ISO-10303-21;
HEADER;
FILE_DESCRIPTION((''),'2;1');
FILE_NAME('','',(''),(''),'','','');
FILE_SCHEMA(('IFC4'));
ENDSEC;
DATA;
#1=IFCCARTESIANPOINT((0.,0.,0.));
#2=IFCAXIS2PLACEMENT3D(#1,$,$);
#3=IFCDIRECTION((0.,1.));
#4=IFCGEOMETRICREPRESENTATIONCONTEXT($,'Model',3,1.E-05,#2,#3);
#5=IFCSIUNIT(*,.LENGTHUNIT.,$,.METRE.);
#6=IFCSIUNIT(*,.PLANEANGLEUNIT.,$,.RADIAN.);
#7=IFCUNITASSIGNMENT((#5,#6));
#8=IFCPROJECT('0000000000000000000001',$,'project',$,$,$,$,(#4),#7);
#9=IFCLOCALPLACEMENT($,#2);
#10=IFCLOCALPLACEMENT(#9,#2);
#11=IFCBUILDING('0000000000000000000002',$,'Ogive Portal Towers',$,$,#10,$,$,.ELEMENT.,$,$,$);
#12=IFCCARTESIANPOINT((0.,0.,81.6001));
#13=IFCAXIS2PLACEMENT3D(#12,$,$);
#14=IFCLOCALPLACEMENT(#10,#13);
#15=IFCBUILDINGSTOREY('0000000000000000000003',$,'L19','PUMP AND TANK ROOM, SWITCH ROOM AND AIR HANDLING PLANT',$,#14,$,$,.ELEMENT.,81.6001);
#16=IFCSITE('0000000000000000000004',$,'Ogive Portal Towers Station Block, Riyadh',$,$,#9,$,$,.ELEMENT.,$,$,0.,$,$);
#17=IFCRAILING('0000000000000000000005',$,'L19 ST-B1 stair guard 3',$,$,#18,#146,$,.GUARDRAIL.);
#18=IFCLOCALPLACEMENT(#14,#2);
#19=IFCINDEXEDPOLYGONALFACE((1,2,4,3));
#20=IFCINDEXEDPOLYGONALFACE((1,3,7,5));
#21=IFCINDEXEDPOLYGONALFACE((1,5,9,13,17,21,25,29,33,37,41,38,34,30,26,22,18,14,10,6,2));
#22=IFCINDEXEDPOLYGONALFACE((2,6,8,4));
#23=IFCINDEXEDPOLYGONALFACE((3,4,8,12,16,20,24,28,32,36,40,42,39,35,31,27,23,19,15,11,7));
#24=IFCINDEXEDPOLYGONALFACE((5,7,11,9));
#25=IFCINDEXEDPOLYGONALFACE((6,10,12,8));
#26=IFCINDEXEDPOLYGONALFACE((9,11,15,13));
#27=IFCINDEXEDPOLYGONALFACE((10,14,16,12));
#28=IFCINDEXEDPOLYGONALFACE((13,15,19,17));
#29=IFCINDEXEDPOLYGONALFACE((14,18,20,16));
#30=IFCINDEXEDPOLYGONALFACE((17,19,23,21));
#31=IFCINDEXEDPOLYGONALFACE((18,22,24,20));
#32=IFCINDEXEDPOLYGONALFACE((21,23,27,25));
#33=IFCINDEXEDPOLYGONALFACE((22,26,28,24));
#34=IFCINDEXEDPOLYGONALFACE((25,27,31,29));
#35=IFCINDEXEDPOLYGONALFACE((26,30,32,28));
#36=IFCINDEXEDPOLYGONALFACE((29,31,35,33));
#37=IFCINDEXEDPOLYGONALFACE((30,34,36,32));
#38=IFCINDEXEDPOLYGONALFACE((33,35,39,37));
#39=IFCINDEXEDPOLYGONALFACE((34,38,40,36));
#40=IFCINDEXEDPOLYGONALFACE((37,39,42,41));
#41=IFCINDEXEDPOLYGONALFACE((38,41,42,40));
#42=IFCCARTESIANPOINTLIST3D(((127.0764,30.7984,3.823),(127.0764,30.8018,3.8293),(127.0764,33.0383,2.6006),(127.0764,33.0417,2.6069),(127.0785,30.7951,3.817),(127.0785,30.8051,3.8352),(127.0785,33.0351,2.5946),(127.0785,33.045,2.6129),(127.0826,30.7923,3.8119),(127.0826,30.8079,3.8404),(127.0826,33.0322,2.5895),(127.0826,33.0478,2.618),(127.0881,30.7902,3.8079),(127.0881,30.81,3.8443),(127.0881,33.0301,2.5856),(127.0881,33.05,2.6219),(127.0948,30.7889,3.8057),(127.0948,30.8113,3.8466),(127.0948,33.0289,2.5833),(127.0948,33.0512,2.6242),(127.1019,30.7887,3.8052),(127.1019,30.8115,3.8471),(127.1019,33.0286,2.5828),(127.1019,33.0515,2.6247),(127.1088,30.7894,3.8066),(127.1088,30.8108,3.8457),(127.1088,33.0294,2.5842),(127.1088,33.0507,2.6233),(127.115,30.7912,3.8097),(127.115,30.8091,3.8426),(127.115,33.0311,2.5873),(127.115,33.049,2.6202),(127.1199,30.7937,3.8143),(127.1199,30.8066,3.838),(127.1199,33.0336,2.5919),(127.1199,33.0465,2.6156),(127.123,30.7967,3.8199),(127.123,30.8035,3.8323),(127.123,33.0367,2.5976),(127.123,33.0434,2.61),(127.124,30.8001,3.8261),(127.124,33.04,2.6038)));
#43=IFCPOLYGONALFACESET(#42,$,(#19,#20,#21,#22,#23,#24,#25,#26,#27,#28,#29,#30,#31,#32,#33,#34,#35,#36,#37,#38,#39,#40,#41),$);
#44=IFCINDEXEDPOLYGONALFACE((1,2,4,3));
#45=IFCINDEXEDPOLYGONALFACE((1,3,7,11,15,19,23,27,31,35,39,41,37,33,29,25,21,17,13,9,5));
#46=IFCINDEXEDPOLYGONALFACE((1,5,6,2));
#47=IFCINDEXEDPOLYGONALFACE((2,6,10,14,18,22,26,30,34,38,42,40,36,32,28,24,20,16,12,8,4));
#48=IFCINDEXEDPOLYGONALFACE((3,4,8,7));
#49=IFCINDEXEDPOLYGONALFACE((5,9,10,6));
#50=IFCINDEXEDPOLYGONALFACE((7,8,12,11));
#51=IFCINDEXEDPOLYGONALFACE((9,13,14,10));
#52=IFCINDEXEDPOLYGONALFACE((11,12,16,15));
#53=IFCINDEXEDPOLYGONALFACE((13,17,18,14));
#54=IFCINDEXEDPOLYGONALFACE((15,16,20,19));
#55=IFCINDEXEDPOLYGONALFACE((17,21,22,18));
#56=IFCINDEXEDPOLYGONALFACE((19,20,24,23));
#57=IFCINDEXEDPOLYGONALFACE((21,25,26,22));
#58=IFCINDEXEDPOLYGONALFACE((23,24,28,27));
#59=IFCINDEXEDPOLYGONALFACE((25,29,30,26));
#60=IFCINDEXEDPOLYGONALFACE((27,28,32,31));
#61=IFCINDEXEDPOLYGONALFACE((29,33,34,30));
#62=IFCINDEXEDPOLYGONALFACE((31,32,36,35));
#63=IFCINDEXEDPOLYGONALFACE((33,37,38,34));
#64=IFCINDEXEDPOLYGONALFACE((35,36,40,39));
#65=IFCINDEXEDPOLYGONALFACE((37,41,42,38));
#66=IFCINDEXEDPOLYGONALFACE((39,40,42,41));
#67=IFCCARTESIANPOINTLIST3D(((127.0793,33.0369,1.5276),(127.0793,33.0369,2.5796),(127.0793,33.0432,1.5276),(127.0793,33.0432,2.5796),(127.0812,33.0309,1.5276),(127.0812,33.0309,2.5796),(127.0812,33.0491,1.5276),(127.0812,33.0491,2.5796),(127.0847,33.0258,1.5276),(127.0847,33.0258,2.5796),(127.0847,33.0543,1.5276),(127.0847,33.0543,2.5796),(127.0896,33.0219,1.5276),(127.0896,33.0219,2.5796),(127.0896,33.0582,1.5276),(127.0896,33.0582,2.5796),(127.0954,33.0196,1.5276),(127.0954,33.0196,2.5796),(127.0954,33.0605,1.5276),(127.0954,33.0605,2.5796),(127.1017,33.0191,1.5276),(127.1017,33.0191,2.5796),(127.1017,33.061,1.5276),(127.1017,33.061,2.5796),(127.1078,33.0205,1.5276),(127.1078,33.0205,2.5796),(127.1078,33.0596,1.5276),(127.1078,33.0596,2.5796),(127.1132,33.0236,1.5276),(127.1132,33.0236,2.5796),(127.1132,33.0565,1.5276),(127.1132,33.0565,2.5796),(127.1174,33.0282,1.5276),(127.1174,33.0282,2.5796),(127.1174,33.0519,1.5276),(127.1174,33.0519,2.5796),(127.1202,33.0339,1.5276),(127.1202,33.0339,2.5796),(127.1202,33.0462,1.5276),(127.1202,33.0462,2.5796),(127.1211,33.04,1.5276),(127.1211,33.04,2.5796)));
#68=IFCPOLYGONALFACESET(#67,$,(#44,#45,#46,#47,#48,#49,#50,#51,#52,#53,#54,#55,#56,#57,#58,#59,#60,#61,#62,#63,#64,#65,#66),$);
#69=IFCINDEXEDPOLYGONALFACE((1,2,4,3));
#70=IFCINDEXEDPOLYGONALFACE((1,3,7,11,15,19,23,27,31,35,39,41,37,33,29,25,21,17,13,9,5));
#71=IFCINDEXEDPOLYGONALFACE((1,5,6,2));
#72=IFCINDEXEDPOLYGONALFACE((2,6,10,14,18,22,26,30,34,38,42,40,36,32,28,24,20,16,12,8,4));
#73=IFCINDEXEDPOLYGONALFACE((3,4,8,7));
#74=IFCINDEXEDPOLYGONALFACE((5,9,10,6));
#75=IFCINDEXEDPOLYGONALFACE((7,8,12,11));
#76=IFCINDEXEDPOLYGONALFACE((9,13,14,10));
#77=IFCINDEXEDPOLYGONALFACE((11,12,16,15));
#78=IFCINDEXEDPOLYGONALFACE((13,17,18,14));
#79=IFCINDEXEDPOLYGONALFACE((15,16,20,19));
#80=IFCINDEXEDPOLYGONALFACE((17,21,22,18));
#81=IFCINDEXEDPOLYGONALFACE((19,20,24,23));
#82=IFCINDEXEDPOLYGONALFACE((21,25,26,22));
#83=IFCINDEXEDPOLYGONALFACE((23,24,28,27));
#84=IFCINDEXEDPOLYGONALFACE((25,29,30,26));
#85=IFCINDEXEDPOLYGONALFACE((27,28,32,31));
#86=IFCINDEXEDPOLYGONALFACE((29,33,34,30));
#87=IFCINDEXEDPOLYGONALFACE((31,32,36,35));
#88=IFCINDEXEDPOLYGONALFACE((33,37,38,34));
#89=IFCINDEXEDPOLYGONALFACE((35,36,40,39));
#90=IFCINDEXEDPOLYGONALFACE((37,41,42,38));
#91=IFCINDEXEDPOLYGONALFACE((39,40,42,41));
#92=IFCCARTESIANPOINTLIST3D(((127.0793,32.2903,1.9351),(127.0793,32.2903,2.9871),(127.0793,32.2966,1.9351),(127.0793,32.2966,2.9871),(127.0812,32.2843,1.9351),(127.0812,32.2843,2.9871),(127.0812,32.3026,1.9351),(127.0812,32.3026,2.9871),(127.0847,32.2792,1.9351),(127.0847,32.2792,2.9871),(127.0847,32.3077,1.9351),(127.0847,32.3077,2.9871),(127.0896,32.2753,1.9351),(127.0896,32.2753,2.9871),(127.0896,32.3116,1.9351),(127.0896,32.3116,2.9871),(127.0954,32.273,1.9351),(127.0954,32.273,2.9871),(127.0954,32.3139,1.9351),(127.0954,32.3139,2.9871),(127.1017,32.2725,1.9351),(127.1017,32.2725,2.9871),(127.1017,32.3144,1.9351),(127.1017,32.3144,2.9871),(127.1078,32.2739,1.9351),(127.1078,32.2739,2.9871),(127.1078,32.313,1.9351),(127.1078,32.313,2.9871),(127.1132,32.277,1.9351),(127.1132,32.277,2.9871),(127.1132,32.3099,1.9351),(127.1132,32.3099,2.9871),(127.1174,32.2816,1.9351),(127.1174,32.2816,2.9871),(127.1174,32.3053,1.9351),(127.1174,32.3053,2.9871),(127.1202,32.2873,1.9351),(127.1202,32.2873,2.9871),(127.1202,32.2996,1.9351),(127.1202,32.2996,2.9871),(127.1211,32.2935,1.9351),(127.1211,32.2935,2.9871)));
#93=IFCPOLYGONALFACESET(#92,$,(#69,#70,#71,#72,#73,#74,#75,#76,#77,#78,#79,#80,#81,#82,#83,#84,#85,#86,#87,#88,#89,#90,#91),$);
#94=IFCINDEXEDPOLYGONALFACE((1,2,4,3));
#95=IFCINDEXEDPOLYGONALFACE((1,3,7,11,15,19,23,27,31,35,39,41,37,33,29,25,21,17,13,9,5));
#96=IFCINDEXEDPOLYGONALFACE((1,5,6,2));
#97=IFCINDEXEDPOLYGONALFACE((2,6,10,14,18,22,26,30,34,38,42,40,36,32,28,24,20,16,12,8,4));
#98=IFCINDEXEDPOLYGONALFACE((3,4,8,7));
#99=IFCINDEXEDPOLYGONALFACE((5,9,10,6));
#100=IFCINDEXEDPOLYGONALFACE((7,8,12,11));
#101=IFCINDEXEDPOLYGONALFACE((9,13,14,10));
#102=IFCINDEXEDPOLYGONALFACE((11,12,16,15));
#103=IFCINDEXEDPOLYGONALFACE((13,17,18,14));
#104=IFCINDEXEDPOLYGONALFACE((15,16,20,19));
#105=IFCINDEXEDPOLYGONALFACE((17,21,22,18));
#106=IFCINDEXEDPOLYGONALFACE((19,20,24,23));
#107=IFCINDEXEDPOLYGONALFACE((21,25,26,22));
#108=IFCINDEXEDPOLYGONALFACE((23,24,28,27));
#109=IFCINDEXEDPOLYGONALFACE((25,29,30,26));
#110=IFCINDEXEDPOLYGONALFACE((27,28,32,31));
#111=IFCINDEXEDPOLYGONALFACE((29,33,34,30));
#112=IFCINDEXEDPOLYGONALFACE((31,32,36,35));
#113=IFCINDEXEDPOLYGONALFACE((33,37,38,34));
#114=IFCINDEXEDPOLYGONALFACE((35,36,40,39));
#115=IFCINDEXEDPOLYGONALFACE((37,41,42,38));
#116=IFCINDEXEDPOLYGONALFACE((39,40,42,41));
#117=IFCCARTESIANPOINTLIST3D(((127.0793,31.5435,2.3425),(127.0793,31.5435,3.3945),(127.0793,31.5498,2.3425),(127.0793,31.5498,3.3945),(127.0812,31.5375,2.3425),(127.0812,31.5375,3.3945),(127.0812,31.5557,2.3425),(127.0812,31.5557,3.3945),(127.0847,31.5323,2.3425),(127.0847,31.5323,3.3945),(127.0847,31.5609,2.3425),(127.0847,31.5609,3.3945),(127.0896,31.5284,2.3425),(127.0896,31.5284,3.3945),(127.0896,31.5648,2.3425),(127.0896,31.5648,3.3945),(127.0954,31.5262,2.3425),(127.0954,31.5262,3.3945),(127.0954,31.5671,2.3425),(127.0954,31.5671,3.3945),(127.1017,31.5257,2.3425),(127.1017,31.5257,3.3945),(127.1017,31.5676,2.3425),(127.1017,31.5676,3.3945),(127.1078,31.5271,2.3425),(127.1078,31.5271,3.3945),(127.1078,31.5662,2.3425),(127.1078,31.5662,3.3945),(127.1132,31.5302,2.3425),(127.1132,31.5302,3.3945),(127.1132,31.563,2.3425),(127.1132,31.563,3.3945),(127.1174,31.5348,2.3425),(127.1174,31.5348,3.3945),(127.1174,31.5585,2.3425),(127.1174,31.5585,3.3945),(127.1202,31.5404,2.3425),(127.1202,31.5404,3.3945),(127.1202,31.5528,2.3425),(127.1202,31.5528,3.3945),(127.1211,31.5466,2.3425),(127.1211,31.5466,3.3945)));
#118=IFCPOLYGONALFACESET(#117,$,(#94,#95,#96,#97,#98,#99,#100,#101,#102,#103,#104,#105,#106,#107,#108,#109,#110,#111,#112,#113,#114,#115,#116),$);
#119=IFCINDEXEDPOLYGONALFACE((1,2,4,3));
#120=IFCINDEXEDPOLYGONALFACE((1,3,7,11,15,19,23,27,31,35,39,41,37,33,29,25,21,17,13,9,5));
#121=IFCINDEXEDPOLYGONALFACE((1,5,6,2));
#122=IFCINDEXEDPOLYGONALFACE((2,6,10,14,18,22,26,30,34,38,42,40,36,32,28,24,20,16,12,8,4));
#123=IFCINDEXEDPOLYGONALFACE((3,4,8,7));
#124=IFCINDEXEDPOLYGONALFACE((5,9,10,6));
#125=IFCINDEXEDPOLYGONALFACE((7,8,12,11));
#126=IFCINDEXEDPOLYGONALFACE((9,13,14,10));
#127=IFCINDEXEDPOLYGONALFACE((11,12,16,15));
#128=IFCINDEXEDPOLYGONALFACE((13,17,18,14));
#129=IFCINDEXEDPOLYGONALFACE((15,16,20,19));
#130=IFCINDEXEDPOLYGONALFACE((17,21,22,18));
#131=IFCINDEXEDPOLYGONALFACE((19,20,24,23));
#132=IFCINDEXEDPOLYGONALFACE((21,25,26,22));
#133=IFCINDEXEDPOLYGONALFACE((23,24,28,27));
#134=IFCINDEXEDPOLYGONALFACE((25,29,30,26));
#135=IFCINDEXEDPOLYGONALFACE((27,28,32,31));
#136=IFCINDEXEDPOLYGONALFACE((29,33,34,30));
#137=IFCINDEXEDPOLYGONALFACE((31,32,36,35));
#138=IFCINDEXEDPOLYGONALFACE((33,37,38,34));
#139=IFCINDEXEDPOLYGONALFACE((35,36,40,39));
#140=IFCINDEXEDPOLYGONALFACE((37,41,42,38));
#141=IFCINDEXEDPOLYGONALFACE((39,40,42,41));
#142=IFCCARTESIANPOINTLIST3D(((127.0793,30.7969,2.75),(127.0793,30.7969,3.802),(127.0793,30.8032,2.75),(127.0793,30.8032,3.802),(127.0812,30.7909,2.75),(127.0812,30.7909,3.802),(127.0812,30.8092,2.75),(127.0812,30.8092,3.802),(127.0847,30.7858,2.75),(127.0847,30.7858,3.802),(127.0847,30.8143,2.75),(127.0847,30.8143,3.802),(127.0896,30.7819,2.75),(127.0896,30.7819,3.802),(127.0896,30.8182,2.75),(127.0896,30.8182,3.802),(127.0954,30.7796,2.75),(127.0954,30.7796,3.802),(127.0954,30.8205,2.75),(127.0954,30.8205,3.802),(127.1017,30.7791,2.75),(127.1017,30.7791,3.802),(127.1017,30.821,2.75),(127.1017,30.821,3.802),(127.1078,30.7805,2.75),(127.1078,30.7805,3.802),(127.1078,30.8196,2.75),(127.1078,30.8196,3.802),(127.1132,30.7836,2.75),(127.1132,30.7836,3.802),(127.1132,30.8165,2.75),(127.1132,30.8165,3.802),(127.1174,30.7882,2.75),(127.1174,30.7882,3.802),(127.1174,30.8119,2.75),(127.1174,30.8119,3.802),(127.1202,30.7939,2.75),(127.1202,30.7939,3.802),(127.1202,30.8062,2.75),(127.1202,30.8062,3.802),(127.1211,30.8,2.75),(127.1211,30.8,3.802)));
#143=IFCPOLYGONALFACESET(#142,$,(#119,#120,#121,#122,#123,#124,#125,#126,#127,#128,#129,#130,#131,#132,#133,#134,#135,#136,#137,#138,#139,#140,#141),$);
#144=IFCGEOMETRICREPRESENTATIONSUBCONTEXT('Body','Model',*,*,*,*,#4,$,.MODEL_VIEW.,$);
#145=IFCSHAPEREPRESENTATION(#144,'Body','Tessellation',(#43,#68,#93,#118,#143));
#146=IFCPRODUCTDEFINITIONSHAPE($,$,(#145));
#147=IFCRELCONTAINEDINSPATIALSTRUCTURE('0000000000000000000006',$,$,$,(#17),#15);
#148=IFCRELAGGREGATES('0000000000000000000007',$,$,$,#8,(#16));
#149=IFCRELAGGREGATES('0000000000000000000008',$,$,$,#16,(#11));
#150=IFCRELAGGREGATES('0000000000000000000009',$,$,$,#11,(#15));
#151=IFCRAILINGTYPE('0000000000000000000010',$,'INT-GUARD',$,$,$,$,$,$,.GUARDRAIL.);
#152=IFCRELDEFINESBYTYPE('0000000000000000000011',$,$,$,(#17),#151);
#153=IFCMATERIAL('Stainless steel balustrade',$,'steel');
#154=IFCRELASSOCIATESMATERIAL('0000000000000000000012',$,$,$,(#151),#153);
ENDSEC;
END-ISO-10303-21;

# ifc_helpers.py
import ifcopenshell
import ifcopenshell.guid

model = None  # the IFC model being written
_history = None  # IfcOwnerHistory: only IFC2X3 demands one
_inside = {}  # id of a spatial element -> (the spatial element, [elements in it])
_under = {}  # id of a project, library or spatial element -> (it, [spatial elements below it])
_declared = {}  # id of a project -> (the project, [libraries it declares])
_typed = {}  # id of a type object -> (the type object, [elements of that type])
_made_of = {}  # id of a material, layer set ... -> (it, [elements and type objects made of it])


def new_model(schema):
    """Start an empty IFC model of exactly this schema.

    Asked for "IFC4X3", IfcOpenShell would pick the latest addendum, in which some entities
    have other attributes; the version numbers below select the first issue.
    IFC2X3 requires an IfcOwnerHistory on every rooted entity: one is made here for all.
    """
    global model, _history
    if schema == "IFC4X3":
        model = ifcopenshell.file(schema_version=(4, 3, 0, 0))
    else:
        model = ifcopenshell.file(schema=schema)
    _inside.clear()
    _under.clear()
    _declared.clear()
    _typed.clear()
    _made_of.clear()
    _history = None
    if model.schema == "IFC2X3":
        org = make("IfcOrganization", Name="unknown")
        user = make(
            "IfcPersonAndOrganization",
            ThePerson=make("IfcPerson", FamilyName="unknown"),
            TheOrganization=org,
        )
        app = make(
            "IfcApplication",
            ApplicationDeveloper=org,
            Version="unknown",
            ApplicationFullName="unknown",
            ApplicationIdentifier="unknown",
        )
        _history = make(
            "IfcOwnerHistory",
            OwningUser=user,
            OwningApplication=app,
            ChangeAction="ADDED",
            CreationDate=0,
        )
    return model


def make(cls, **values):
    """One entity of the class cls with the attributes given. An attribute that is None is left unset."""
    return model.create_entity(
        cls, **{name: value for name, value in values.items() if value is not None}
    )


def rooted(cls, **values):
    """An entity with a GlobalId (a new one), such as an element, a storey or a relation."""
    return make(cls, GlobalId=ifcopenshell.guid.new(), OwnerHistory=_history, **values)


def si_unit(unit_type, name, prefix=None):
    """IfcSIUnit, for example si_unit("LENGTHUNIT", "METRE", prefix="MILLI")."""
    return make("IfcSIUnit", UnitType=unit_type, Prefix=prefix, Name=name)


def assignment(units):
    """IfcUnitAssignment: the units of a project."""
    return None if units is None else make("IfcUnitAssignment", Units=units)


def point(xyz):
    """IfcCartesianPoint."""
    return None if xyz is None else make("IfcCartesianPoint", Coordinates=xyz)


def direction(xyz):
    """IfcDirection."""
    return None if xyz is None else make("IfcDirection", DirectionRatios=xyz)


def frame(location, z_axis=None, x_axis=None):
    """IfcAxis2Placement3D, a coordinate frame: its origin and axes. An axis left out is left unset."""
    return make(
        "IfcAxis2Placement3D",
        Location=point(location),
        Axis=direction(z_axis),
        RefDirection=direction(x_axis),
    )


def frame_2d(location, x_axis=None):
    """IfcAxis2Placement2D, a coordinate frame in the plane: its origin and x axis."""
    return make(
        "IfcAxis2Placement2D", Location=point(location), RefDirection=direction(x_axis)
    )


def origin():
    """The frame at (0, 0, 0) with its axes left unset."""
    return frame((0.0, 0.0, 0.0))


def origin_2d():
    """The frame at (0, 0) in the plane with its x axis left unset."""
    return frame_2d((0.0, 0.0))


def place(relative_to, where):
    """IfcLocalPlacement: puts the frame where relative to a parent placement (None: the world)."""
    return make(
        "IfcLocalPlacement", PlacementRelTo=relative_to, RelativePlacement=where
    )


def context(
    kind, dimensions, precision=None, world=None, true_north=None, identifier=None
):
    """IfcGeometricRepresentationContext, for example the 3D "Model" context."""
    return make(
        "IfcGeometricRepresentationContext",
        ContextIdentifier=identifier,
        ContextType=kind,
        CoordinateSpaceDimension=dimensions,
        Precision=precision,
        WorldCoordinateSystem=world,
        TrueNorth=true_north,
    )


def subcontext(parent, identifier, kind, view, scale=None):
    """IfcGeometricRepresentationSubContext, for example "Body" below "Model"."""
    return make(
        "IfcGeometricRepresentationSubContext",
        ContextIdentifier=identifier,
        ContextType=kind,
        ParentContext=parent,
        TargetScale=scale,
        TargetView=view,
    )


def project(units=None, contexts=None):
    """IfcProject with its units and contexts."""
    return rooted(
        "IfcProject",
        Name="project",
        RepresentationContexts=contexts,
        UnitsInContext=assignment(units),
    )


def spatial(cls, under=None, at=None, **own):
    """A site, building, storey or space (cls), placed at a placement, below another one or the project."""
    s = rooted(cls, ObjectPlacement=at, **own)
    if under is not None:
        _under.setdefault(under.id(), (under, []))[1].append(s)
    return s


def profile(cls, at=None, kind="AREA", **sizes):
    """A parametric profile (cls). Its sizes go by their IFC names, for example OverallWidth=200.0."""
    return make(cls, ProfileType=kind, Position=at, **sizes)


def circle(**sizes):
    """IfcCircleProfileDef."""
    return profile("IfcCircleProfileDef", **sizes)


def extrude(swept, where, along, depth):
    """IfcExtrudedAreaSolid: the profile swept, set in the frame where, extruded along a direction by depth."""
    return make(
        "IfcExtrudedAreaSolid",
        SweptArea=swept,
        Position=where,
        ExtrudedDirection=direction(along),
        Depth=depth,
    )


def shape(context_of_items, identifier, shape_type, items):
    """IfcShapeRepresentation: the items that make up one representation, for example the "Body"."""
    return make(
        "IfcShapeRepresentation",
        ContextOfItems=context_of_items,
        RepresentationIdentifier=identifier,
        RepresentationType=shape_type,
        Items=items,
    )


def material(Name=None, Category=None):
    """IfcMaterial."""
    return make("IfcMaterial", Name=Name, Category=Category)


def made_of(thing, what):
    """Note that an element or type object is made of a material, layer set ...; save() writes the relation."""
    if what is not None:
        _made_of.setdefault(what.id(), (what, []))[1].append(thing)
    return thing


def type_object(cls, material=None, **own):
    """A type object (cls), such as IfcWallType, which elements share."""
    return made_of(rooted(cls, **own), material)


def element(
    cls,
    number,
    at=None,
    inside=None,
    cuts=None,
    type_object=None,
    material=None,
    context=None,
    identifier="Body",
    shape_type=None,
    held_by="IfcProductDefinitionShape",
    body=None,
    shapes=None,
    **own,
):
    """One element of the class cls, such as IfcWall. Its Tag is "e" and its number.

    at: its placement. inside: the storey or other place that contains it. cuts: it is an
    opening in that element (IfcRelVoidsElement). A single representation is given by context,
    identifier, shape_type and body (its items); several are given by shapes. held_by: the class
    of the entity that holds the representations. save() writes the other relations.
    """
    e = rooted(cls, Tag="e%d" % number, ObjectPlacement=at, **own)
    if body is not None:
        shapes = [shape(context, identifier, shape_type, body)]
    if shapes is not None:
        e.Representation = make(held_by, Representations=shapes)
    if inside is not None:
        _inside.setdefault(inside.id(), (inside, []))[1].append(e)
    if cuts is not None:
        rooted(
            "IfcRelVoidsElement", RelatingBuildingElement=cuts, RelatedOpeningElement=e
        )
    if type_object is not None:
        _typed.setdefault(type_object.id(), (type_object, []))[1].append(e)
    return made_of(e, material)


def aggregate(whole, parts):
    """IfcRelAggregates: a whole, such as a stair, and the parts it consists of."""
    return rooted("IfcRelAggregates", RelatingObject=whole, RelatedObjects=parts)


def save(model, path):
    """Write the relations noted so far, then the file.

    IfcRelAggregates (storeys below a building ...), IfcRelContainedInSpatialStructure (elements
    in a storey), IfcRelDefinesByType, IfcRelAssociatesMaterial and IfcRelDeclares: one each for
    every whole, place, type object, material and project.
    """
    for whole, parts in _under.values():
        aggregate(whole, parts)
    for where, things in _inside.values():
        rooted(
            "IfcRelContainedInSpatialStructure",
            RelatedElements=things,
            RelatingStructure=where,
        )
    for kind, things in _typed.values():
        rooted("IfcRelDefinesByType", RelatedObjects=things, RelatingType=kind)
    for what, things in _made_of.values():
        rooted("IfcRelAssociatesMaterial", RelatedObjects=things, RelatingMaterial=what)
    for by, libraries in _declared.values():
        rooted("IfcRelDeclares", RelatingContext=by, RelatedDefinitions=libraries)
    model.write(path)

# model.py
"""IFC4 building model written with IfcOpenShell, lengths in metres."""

from ifc_helpers import new_model, si_unit, direction, frame, origin, origin_2d, place, context, subcontext, project, spatial, circle, extrude, material, type_object, element, save


model = new_model("IFC4")

# Units and contexts
model_context = context("Model", 3, precision=1e-05, world=origin(), true_north=direction((0.0, 1.0)))
body_context = subcontext(model_context, "Body", "Model", "MODEL_VIEW")
ifc_project = project(units=[si_unit("LENGTHUNIT", "METRE"), si_unit("PLANEANGLEUNIT", "RADIAN")], contexts=[model_context])

# Site, building, storey
site_placement = place(None, origin())
site = spatial("IfcSite", under=ifc_project, at=site_placement, Name="Ogive Portal Towers Station Block, Riyadh", CompositionType="ELEMENT", RefElevation=0.0)
building_placement = place(site_placement, origin())
building = spatial("IfcBuilding", under=site, at=building_placement, Name="Ogive Portal Towers", CompositionType="ELEMENT")
storey_placement = place(building_placement, frame((0.0, 0.0, 81.6001)))
storey = spatial("IfcBuildingStorey", under=building, at=storey_placement, Name="L19", Description="PUMP AND TANK ROOM, SWITCH ROOM AND AIR HANDLING PLANT", CompositionType="ELEMENT", Elevation=81.6001)

# Railing
ifc_material_1 = material(Name="Stainless steel balustrade", Category="steel")
railing_type_1 = type_object("IfcRailingType", Name="INT-GUARD", PredefinedType="GUARDRAIL", material=ifc_material_1)
railing_1_placement = place(storey_placement, frame((127.1001, 33.04, 1.5276)))
element("IfcRailing", 1, at=railing_1_placement, inside=storey, type_object=railing_type_1, Name="L19 ST-B1 stair guard 3", PredefinedType="GUARDRAIL", context=body_context, shape_type="SweptSolid", body=[
    extrude(circle(Radius=0.0239, at=origin_2d()), frame((0.0, 0.0, 1.0762), z_axis=(0.0, -0.877797, 0.479033), x_axis=(1.0, 0.0, 0.0)), (0.0, 0.0, 1.0), 2.5518),
    extrude(circle(Radius=0.021, at=origin_2d()), origin(), (0.0, 0.0, 1.0), 1.052),
    extrude(circle(Radius=0.021, at=origin_2d()), frame((0.0, -0.7466, 0.4075)), (0.0, 0.0, 1.0), 1.052),
    extrude(circle(Radius=0.021, at=origin_2d()), frame((0.0, -1.4934, 0.8149)), (0.0, 0.0, 1.0), 1.052),
    extrude(circle(Radius=0.021, at=origin_2d()), frame((0.0, -2.24, 1.2224)), (0.0, 0.0, 1.0), 1.052),
])

save(model, "model.ifc")
